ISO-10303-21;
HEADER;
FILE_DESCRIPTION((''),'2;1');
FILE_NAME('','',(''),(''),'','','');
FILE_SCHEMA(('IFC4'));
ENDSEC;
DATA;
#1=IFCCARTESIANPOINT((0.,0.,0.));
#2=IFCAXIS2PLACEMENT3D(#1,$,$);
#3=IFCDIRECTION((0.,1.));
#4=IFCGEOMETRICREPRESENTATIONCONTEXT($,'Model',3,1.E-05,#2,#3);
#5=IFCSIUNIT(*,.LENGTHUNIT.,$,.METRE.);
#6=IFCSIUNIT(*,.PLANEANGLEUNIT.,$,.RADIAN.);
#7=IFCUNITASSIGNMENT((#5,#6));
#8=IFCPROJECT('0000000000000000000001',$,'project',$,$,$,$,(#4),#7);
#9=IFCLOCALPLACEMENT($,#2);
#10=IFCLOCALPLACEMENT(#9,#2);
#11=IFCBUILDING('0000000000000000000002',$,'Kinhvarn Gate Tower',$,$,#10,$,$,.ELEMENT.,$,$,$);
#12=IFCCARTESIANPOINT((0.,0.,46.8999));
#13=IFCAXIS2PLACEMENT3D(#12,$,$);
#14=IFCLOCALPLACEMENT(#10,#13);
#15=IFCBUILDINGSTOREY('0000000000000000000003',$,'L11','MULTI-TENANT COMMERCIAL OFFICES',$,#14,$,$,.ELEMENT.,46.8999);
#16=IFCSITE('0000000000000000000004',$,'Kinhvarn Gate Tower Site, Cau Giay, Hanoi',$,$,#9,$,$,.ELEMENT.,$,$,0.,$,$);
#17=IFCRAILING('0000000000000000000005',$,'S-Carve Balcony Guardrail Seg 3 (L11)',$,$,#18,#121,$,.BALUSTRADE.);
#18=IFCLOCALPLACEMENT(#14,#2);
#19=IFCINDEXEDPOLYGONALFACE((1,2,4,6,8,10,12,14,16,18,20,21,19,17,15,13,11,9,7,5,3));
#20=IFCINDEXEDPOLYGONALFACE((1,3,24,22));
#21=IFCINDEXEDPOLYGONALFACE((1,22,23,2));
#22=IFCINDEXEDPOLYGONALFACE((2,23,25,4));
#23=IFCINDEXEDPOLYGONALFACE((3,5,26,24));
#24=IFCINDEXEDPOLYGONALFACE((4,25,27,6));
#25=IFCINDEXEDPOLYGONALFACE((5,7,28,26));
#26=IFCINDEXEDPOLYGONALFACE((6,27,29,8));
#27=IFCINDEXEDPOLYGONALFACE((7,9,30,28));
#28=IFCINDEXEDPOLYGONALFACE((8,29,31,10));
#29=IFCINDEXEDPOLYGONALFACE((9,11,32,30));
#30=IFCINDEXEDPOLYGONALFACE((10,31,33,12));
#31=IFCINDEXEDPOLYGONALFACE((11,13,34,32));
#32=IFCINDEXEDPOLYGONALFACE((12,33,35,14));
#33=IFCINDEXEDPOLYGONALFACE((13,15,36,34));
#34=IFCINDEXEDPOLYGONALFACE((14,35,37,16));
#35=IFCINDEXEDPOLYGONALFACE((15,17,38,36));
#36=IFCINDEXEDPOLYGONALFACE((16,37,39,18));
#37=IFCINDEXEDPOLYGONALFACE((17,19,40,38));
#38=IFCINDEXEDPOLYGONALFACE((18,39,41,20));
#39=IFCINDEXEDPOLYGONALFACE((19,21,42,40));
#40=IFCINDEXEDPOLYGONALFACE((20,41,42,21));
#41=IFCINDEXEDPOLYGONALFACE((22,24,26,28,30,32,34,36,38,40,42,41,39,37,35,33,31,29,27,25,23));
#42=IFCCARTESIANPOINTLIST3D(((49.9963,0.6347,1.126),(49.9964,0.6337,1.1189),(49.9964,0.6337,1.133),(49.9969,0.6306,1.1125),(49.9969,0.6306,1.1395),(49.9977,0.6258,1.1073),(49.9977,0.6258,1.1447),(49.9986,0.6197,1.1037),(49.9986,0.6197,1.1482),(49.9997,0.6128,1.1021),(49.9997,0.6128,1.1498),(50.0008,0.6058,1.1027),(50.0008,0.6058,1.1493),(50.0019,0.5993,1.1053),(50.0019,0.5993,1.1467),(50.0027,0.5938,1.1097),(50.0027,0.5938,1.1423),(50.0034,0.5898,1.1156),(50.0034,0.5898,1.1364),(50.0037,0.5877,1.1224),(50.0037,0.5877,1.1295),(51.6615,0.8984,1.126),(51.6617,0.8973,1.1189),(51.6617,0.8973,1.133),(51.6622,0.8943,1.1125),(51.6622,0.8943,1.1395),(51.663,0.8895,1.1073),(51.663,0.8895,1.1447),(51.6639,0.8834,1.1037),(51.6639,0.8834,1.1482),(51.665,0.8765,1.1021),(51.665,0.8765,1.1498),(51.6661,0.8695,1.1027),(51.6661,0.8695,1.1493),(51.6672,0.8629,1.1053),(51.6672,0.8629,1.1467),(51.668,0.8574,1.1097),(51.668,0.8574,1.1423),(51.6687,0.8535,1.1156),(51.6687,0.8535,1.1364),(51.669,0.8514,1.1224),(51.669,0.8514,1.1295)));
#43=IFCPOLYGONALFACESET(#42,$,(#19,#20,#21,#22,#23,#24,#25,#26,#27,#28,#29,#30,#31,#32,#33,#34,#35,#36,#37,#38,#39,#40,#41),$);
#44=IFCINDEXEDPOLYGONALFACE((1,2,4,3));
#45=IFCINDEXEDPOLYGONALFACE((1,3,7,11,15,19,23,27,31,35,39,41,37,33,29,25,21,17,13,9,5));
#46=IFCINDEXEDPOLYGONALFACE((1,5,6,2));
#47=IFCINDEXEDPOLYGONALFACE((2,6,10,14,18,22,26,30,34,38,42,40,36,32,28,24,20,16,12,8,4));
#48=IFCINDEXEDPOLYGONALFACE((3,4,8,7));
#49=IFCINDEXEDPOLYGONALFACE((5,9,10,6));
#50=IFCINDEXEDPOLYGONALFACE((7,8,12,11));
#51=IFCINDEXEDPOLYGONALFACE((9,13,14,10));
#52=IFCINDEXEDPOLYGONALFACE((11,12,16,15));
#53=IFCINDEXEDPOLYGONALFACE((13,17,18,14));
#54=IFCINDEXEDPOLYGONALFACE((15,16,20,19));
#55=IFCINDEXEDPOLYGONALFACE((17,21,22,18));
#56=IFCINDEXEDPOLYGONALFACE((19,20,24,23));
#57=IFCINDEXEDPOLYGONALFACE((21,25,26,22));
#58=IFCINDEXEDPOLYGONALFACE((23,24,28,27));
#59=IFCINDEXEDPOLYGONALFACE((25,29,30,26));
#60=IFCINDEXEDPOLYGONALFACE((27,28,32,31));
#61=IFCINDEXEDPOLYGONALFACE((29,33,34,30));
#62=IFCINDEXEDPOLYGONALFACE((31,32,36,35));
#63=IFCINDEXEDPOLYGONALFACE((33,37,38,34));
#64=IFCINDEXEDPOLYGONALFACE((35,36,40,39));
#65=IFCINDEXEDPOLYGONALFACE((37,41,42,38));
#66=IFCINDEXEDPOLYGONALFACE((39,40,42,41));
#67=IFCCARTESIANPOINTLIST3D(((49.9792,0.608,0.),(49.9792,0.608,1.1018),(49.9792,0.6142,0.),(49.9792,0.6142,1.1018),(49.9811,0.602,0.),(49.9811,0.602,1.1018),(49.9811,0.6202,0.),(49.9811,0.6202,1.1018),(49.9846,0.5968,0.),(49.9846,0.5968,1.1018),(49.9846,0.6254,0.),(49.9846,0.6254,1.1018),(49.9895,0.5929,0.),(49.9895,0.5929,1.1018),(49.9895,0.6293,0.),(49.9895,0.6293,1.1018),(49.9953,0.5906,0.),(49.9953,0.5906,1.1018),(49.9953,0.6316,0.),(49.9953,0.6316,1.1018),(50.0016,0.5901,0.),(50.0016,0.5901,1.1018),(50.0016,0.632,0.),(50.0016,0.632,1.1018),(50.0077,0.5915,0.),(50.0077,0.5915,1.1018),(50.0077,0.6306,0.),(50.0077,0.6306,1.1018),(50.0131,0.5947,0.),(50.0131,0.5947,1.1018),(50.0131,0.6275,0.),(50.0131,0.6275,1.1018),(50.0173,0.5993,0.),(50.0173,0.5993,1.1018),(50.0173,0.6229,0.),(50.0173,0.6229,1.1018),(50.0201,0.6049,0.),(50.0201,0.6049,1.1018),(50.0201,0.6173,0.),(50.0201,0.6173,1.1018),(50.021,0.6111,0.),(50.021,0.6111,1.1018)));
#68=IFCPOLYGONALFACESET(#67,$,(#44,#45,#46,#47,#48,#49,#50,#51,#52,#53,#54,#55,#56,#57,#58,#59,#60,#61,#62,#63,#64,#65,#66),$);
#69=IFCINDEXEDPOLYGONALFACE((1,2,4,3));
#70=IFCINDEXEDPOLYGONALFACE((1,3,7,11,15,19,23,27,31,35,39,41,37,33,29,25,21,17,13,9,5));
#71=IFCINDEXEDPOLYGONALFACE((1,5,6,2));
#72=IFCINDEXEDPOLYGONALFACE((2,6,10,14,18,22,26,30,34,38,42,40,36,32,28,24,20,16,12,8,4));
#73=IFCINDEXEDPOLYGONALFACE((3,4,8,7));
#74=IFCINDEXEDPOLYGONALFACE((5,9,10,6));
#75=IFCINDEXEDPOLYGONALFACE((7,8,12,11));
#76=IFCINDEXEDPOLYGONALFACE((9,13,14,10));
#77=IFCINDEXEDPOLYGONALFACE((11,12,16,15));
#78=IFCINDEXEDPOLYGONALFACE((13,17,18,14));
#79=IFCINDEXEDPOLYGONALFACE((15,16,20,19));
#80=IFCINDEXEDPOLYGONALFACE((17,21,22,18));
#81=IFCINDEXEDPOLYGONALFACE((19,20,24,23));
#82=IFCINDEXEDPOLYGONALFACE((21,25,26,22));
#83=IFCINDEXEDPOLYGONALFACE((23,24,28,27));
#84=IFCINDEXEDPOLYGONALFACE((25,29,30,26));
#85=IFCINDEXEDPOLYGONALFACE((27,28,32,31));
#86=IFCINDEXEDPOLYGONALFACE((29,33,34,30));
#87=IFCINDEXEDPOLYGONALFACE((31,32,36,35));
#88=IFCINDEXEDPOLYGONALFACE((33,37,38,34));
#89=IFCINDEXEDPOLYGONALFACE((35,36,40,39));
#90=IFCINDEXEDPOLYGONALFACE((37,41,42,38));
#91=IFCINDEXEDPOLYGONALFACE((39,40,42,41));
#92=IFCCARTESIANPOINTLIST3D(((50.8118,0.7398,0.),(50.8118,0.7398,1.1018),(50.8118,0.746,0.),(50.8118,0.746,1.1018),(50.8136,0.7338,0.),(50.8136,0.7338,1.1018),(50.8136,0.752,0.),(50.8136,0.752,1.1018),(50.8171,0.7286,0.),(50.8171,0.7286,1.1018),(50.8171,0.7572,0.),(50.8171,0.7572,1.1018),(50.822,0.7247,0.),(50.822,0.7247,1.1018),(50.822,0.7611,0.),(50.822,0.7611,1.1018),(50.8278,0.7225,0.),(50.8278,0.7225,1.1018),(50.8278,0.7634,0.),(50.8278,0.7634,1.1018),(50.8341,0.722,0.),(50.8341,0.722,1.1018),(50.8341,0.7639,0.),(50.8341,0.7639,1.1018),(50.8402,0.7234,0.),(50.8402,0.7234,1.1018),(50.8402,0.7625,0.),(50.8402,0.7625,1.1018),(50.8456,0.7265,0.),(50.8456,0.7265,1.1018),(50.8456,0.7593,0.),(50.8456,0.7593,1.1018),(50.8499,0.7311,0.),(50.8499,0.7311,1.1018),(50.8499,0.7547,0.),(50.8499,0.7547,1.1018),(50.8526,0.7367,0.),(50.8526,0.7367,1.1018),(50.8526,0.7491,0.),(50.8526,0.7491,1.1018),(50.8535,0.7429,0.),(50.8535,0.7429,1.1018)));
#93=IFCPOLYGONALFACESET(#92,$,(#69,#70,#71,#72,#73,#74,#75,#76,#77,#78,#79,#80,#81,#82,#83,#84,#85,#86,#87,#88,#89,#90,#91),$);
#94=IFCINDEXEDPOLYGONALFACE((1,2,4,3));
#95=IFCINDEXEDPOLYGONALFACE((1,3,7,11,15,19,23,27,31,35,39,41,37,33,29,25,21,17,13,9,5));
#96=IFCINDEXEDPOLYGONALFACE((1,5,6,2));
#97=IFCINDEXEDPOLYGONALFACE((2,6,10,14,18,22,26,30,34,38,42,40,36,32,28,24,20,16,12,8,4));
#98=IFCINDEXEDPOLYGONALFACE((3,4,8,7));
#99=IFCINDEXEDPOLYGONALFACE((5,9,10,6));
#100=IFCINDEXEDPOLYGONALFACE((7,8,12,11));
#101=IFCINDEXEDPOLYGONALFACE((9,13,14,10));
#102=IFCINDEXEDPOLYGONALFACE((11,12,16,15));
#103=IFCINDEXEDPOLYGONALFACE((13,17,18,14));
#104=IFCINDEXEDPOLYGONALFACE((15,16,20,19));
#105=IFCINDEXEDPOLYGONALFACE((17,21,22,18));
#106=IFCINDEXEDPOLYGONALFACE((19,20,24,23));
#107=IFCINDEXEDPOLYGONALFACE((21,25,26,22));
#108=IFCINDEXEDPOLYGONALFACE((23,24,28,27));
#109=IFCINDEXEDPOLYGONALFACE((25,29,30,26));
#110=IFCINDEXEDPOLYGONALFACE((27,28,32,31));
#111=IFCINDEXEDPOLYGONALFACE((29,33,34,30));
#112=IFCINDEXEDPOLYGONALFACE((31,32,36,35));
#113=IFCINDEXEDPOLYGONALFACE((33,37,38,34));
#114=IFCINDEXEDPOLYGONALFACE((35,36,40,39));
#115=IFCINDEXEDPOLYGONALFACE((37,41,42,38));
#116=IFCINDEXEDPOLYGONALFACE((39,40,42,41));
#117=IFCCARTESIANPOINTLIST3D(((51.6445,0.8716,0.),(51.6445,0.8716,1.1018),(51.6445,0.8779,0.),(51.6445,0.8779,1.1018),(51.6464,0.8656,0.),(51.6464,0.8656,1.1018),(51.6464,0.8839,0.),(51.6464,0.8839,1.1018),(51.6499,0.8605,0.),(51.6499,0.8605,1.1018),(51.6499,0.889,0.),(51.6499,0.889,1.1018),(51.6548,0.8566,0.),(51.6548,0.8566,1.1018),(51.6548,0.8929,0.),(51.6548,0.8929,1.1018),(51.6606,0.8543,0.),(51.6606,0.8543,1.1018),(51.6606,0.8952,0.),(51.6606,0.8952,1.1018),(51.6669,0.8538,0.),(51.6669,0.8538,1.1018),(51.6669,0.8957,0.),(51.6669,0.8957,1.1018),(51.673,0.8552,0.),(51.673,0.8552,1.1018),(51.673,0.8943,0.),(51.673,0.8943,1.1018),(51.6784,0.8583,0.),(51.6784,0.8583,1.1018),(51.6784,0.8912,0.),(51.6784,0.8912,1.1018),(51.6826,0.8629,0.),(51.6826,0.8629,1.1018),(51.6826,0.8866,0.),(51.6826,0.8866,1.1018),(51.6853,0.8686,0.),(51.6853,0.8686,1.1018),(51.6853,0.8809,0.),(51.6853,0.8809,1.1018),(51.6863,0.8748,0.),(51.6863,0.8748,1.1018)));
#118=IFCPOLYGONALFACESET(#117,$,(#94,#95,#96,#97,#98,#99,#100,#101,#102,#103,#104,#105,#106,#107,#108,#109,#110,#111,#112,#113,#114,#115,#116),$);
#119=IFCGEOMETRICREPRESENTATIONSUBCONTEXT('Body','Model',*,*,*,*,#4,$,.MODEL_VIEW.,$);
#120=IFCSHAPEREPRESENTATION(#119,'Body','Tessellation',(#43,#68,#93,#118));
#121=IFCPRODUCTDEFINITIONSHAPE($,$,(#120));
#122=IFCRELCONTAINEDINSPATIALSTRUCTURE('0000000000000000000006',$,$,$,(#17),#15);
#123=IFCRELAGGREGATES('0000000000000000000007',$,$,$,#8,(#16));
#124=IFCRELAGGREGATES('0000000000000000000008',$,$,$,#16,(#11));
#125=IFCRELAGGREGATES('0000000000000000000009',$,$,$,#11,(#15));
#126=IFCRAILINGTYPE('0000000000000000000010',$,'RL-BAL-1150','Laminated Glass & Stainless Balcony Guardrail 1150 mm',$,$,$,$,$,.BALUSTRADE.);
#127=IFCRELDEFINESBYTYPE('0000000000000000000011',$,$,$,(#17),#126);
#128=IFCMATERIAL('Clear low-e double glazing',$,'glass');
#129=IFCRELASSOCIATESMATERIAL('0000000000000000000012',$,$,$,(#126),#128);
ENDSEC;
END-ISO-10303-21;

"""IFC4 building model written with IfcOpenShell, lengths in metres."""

from ifc_helpers import new_model, si_unit, direction, frame, origin, origin_2d, place, context, subcontext, project, spatial, circle, extrude, material, type_object, element, save


model = new_model("IFC4")

# Units and contexts
model_context = context("Model", 3, precision=1e-05, world=origin(), true_north=direction((0.0, 1.0)))
body_context = subcontext(model_context, "Body", "Model", "MODEL_VIEW")
ifc_project = project(units=[si_unit("LENGTHUNIT", "METRE"), si_unit("PLANEANGLEUNIT", "RADIAN")], contexts=[model_context])

# Site, building, storey
site_placement = place(None, origin())
site = spatial("IfcSite", under=ifc_project, at=site_placement, Name="Kinhvarn Gate Tower Site, Cau Giay, Hanoi", CompositionType="ELEMENT", RefElevation=0.0)
building_placement = place(site_placement, origin())
building = spatial("IfcBuilding", under=site, at=building_placement, Name="Kinhvarn Gate Tower", CompositionType="ELEMENT")
storey_placement = place(building_placement, frame((0.0, 0.0, 46.8999)))
storey = spatial("IfcBuildingStorey", under=building, at=storey_placement, Name="L11", Description="MULTI-TENANT COMMERCIAL OFFICES", CompositionType="ELEMENT", Elevation=46.8999)

# Shared definitions
ifc_material_1 = material(Name="Clear low-e double glazing", Category="glass")

# Railing
railing_type = type_object("IfcRailingType", Name="RL-BAL-1150", Description="Laminated Glass & Stainless Balcony Guardrail 1150 mm", PredefinedType="BALUSTRADE", material=ifc_material_1)
railing_1_placement = place(storey_placement, frame((50.0, 0.6111, 0.0)))
element("IfcRailing", 1, at=railing_1_placement, inside=storey, type_object=railing_type, Name="S-Carve Balcony Guardrail Seg 3 (L11)", PredefinedType="BALUSTRADE", context=body_context, shape_type="SweptSolid", body=[
    extrude(circle(Radius=0.0239, at=origin_2d()), frame((0.0, 0.0, 1.126), z_axis=(0.987696, 0.156386, 0.0), x_axis=(-0.156386, 0.987696, 0.0)), (0.0, 0.0, 1.0), 1.686),
    extrude(circle(Radius=0.021, at=origin_2d()), origin(), (0.0, 0.0, 1.0), 1.1018),
    extrude(circle(Radius=0.021, at=origin_2d()), frame((0.8325, 0.1318, 0.0)), (0.0, 0.0, 1.0), 1.1018),
    extrude(circle(Radius=0.021, at=origin_2d()), frame((1.6653, 0.2637, 0.0)), (0.0, 0.0, 1.0), 1.1018),
])

save(model, "model.ifc")
